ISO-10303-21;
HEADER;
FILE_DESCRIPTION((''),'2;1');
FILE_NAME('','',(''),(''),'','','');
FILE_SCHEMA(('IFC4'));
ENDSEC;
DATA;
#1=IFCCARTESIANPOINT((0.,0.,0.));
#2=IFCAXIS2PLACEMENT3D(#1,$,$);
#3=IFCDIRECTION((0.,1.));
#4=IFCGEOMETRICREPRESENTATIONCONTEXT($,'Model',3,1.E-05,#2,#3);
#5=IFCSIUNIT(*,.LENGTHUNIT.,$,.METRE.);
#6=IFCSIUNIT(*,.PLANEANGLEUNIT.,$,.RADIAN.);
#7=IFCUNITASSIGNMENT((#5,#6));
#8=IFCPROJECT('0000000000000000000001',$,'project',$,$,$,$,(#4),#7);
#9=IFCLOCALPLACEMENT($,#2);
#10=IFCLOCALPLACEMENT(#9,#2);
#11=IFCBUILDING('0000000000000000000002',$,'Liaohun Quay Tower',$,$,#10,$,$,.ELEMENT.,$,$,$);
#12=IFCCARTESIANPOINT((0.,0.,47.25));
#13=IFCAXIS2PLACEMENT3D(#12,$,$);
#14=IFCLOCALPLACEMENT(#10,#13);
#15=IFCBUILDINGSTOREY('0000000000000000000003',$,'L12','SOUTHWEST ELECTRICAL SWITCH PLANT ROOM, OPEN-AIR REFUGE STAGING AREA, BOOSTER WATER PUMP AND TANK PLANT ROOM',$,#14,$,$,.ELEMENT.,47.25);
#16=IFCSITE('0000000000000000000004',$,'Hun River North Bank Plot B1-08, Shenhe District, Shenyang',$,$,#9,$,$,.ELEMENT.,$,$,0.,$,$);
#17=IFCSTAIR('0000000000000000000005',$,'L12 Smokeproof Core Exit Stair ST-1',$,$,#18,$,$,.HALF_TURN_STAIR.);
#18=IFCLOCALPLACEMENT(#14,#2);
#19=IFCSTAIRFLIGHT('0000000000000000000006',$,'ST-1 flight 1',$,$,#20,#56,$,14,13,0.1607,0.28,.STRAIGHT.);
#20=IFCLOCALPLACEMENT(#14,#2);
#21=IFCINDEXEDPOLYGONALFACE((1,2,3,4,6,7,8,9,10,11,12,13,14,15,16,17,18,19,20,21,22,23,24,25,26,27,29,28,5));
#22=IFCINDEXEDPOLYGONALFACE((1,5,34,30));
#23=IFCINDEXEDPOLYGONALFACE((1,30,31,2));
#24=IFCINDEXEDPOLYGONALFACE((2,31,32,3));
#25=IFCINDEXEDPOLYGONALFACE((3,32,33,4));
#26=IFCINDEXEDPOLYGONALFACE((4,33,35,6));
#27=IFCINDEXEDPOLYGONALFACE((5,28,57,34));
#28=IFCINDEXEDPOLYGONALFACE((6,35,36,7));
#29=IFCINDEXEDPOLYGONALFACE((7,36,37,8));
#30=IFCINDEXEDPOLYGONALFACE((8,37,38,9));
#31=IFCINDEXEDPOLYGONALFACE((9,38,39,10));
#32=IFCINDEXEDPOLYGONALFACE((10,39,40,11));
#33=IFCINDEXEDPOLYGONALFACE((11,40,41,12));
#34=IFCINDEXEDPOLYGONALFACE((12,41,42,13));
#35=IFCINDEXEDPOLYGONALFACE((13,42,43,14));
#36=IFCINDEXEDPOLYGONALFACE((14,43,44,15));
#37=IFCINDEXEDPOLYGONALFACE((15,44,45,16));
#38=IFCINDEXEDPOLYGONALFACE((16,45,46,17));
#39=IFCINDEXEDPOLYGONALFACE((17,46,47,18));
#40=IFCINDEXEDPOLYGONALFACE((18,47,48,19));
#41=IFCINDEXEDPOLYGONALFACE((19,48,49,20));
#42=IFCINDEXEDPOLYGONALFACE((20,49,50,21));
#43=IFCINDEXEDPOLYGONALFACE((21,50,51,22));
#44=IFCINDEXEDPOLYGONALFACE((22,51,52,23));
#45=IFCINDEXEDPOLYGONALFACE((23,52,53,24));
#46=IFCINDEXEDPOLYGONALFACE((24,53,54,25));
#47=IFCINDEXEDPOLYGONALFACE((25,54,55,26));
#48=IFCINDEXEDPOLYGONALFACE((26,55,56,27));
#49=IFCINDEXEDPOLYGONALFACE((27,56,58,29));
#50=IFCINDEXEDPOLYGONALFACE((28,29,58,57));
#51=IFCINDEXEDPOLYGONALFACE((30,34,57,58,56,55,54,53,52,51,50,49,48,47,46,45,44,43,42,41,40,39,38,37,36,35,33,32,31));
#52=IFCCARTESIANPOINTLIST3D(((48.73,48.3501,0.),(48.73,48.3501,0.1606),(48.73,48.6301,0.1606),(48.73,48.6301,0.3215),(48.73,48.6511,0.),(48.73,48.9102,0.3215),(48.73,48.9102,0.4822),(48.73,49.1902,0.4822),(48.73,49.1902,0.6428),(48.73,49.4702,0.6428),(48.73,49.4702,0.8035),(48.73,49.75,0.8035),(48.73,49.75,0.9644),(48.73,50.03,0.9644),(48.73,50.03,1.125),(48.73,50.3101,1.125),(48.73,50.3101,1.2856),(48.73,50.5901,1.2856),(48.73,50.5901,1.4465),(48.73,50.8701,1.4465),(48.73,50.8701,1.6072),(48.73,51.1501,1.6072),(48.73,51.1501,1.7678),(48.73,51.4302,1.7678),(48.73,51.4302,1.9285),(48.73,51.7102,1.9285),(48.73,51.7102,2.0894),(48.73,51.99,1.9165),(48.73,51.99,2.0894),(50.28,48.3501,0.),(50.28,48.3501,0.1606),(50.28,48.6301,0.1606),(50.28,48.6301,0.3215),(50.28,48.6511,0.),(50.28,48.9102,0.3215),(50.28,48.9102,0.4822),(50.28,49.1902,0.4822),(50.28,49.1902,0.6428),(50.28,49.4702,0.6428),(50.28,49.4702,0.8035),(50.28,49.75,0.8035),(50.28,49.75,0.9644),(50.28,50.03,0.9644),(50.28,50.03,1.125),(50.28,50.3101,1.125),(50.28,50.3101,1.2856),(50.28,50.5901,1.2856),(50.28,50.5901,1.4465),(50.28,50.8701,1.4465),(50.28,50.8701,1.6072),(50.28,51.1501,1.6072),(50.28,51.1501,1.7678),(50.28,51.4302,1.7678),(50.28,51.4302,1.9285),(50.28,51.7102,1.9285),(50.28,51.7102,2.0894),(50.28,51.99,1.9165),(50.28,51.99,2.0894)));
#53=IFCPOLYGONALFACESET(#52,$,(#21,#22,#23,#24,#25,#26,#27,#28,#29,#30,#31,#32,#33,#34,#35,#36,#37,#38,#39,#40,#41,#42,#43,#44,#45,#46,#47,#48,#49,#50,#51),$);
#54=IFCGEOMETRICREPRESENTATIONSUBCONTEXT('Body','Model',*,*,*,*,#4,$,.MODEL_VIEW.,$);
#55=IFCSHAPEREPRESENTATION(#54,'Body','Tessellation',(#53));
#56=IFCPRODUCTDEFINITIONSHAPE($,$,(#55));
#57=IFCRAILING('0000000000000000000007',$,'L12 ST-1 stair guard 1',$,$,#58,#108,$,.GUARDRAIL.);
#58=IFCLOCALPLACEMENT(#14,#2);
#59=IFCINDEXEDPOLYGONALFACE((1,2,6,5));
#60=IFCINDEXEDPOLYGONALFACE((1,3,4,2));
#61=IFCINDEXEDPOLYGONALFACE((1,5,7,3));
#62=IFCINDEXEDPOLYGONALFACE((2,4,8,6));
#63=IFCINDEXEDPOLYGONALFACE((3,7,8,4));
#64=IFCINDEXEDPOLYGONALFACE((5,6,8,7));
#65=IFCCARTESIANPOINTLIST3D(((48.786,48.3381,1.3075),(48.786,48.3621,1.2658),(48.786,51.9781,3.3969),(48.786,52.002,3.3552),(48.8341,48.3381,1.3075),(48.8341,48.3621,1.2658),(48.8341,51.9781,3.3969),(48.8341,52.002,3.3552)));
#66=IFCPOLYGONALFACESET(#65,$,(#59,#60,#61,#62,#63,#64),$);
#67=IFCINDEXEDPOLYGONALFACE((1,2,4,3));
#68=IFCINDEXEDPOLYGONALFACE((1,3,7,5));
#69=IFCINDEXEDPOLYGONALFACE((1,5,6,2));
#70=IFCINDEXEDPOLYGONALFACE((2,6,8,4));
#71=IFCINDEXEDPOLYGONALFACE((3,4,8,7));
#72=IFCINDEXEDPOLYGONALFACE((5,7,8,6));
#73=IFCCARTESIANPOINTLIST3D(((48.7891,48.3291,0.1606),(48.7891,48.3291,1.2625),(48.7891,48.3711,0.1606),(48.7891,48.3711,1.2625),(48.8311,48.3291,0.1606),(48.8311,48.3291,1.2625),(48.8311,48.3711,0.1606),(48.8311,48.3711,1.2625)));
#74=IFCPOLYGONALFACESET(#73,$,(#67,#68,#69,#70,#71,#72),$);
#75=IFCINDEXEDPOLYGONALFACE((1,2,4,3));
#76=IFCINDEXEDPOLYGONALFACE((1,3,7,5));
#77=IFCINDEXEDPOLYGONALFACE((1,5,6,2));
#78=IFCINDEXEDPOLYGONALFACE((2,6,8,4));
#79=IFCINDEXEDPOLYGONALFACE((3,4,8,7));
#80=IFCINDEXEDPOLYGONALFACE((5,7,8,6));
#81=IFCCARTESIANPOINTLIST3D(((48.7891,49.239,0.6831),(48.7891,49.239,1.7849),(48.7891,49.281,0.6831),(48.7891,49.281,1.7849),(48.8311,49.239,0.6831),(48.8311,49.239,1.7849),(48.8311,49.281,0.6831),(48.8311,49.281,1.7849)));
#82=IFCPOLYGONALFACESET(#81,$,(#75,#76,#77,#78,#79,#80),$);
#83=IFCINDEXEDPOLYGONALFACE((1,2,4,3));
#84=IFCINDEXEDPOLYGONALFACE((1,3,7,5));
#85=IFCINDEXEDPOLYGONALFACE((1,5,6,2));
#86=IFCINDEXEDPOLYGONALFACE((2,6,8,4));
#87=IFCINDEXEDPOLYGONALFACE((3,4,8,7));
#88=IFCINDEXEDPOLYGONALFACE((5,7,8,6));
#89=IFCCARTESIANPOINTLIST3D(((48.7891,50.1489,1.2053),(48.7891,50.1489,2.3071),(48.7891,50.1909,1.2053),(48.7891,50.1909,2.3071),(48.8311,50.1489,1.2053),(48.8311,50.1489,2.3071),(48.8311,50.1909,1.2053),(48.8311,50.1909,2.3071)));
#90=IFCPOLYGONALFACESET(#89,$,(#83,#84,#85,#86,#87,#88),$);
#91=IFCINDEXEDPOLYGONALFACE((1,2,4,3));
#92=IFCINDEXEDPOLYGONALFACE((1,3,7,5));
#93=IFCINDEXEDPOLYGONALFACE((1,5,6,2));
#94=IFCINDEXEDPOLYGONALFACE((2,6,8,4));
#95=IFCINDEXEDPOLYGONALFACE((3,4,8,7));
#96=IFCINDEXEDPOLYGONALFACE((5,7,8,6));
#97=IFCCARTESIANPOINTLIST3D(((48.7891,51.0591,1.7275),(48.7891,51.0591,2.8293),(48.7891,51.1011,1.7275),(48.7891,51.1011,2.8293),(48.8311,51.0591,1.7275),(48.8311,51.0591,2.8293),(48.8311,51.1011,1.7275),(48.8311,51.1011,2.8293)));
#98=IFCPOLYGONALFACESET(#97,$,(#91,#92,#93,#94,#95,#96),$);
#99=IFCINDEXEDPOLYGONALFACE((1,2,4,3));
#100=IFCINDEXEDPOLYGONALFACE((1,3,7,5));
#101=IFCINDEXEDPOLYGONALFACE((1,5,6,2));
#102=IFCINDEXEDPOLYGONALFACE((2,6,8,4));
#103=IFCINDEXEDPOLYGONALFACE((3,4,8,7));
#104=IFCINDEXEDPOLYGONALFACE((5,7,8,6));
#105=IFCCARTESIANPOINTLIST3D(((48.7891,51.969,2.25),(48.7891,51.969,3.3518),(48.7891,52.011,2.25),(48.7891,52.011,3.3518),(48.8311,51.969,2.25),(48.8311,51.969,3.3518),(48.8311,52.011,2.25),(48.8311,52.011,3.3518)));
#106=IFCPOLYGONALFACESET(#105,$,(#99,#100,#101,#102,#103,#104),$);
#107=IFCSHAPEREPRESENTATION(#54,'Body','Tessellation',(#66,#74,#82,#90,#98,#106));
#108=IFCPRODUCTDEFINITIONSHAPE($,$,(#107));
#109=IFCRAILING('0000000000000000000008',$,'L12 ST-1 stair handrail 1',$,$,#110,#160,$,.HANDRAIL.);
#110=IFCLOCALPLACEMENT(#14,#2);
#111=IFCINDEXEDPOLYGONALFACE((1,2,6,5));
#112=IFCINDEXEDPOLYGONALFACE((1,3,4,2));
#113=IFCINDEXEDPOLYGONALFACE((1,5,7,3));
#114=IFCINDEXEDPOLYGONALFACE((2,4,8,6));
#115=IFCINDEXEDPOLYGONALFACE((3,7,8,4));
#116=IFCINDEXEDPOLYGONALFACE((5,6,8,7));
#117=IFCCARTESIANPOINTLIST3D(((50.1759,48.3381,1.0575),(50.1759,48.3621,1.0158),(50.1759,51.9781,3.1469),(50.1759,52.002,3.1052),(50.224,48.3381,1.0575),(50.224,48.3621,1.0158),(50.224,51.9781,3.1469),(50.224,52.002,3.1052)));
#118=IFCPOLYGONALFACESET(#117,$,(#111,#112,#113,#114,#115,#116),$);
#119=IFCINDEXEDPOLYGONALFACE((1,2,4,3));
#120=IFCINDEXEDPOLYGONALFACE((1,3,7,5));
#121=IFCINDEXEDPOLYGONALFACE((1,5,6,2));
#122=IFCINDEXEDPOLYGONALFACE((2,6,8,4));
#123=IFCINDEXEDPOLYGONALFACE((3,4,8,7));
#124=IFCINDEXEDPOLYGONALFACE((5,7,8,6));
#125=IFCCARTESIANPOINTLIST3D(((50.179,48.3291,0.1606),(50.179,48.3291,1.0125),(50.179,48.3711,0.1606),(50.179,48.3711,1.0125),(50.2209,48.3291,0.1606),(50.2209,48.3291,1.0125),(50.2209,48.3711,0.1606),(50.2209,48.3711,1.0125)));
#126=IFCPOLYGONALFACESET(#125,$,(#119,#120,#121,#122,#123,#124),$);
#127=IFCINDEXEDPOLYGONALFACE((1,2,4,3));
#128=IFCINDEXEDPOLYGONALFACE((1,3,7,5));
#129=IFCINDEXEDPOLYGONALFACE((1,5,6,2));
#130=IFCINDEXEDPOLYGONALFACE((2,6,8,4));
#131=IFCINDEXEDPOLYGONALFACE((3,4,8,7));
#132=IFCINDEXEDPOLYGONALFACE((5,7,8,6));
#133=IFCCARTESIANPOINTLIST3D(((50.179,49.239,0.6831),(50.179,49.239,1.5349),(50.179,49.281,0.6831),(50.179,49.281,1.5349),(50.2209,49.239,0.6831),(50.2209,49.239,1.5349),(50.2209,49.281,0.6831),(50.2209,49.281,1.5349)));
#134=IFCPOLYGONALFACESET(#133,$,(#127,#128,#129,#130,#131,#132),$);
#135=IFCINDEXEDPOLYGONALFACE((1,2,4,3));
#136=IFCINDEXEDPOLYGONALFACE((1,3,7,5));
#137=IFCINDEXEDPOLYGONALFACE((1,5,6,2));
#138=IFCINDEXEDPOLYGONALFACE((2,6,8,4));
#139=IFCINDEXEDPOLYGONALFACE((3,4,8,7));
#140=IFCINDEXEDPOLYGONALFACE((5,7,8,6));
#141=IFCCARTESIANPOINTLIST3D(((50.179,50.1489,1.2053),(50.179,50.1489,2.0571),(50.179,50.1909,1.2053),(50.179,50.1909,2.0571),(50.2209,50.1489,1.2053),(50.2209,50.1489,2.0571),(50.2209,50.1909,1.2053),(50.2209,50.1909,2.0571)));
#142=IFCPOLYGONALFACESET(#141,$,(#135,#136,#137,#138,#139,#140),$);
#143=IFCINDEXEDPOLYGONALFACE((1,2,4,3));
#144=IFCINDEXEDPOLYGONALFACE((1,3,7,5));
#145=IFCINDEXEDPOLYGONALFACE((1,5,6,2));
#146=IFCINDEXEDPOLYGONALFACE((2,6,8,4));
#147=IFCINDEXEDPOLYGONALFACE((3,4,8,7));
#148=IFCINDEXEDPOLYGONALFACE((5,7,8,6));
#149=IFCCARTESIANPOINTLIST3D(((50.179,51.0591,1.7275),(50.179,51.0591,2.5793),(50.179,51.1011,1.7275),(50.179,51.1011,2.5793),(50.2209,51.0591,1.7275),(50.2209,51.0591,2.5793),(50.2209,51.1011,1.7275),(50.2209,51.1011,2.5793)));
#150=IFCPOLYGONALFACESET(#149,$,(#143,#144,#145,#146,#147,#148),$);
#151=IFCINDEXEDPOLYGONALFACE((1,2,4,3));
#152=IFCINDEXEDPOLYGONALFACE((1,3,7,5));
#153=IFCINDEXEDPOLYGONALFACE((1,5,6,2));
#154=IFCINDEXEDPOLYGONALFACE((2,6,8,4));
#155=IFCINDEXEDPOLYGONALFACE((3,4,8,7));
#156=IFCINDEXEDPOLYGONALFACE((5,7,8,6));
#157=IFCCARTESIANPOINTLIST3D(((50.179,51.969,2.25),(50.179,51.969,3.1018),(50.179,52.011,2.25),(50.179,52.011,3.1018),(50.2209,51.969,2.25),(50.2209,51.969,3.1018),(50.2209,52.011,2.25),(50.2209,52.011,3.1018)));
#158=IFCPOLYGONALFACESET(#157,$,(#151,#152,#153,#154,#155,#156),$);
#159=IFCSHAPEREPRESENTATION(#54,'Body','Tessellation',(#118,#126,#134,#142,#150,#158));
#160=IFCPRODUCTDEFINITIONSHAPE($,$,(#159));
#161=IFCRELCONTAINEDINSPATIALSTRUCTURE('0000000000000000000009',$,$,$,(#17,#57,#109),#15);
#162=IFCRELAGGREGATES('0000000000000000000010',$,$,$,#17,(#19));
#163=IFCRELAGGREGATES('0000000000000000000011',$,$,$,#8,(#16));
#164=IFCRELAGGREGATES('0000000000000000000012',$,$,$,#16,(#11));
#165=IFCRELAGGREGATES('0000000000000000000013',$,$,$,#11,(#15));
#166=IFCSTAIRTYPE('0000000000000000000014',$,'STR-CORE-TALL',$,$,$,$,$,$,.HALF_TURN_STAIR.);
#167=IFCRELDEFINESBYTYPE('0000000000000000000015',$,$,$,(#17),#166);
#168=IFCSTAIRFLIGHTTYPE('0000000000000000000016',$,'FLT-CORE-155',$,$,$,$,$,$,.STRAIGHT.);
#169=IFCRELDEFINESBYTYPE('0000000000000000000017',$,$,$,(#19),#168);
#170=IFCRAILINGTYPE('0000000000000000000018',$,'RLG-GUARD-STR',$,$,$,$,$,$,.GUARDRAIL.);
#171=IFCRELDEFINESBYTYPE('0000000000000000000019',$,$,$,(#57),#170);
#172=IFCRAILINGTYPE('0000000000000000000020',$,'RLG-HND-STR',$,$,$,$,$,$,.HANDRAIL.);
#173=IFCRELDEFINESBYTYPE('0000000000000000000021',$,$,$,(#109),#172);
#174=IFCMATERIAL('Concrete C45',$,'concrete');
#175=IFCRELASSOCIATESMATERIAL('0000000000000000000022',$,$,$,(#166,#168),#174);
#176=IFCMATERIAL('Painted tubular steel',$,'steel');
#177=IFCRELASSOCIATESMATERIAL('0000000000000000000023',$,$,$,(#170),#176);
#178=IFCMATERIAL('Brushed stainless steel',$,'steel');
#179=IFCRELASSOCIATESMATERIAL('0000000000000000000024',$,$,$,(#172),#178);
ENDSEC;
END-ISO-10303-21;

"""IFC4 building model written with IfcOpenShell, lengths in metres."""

from ifc_helpers import new_model, si_unit, direction, frame, origin, origin_2d, place, context, subcontext, project, spatial, polyline, rectangle, outline, extrude, material, type_object, element, aggregate, save


model = new_model("IFC4")

# Units and contexts
model_context = context("Model", 3, precision=1e-05, world=origin(), true_north=direction((0.0, 1.0)))
body_context = subcontext(model_context, "Body", "Model", "MODEL_VIEW")
ifc_project = project(units=[si_unit("LENGTHUNIT", "METRE"), si_unit("PLANEANGLEUNIT", "RADIAN")], contexts=[model_context])

# Site, building, storey
site_placement = place(None, origin())
site = spatial("IfcSite", under=ifc_project, at=site_placement, Name="Hun River North Bank Plot B1-08, Shenhe District, Shenyang", CompositionType="ELEMENT", RefElevation=0.0)
building_placement = place(site_placement, origin())
building = spatial("IfcBuilding", under=site, at=building_placement, Name="Liaohun Quay Tower", CompositionType="ELEMENT")
storey_placement = place(building_placement, frame((0.0, 0.0, 47.25)))
storey = spatial("IfcBuildingStorey", under=building, at=storey_placement, Name="L12", Description="SOUTHWEST ELECTRICAL SWITCH PLANT ROOM, OPEN-AIR REFUGE STAGING AREA, BOOSTER WATER PUMP AND TANK PLANT ROOM", CompositionType="ELEMENT", Elevation=47.25)

# Stair, stair flight
ifc_material_1 = material(Name="Concrete C45", Category="concrete")
stair_type = type_object("IfcStairType", Name="STR-CORE-TALL", PredefinedType="HALF_TURN_STAIR", material=ifc_material_1)
stair_placement = place(storey_placement, origin())
stair = element("IfcStair", 1, at=stair_placement, inside=storey, type_object=stair_type, Name="L12 Smokeproof Core Exit Stair ST-1", PredefinedType="HALF_TURN_STAIR")
stair_flight_type = type_object("IfcStairFlightType", Name="FLT-CORE-155", PredefinedType="STRAIGHT", material=ifc_material_1)
stair_flight_placement = place(storey_placement, frame((49.5049, 48.3501, 0.0), z_axis=(0.0, 0.0, 1.0), x_axis=(0.0, 1.0, 0.0)))
stair_flight = element("IfcStairFlight", 2, at=stair_flight_placement, type_object=stair_flight_type, Name="ST-1 flight 1", NumberOfRisers=14, NumberOfTreads=13, PredefinedType="STRAIGHT", RiserHeight=0.1607, TreadLength=0.28, context=body_context, shape_type="SweptSolid", body=[
    extrude(outline(polyline([(0.0, 0.0), (0.0, 0.1606), (0.28, 0.1606), (0.28, 0.3215), (0.5601, 0.3215), (0.5601, 0.4822), (0.8401, 0.4822), (0.8401, 0.6428), (1.1201, 0.6428), (1.1201, 0.8035), (1.3999, 0.8035), (1.3999, 0.9644), (1.6799, 0.9644), (1.6799, 1.125), (1.96, 1.125), (1.96, 1.2856), (2.24, 1.2856), (2.24, 1.4465), (2.52, 1.4465), (2.52, 1.6072), (2.8, 1.6072), (2.8, 1.7678), (3.0801, 1.7678), (3.0801, 1.9285), (3.3601, 1.9285), (3.3601, 2.0894), (3.6399, 2.0894), (3.6399, 2.25), (3.6399, 1.9165), (0.301, 0.0), (0.0, 0.0)])), frame((0.0, 0.7749, 0.0), z_axis=(0.0, -1.0, 0.0), x_axis=(1.0, 0.0, 0.0)), (0.0, 0.0, 1.0), 1.55),
])
aggregate(stair, [stair_flight])

# Railings
ifc_material_2 = material(Name="Painted tubular steel", Category="steel")
railing_type_1 = type_object("IfcRailingType", Name="RLG-GUARD-STR", PredefinedType="GUARDRAIL", material=ifc_material_2)
railing_1_placement = place(storey_placement, frame((48.8101, 48.3501, 0.1606)))
element("IfcRailing", 3, at=railing_1_placement, inside=storey, type_object=railing_type_1, Name="L12 ST-1 stair guard 1", PredefinedType="GUARDRAIL", context=body_context, shape_type="SweptSolid", body=[
    extrude(rectangle(XDim=0.0481, YDim=0.0481, at=origin_2d()), frame((0.0, 0.0, 1.126), z_axis=(0.0, 0.867275, 0.497829), x_axis=(-1.0, 0.0, 0.0)), (0.0, 0.0, 1.0), 4.197),
    extrude(rectangle(XDim=0.042, YDim=0.042, at=origin_2d()), origin(), (0.0, 0.0, 1.0), 1.1018),
    extrude(rectangle(XDim=0.042, YDim=0.042, at=origin_2d()), frame((0.0, 0.9099, 0.5225)), (0.0, 0.0, 1.0), 1.1018),
    extrude(rectangle(XDim=0.042, YDim=0.042, at=origin_2d()), frame((0.0, 1.8198, 1.0447)), (0.0, 0.0, 1.0), 1.1018),
    extrude(rectangle(XDim=0.042, YDim=0.042, at=origin_2d()), frame((0.0, 2.73, 1.5669)), (0.0, 0.0, 1.0), 1.1018),
    extrude(rectangle(XDim=0.042, YDim=0.042, at=origin_2d()), frame((0.0, 3.6399, 2.0894)), (0.0, 0.0, 1.0), 1.1018),
])
ifc_material_3 = material(Name="Brushed stainless steel", Category="steel")
railing_type_2 = type_object("IfcRailingType", Name="RLG-HND-STR", PredefinedType="HANDRAIL", material=ifc_material_3)
railing_2_placement = place(storey_placement, frame((50.2, 48.3501, 0.1606)))
element("IfcRailing", 4, at=railing_2_placement, inside=storey, type_object=railing_type_2, Name="L12 ST-1 stair handrail 1", PredefinedType="HANDRAIL", context=body_context, shape_type="SweptSolid", body=[
    extrude(rectangle(XDim=0.0481, YDim=0.0481, at=origin_2d()), frame((0.0, 0.0, 0.876), z_axis=(0.0, 0.867275, 0.497829), x_axis=(-1.0, 0.0, 0.0)), (0.0, 0.0, 1.0), 4.197),
    extrude(rectangle(XDim=0.042, YDim=0.042, at=origin_2d()), origin(), (0.0, 0.0, 1.0), 0.8518),
    extrude(rectangle(XDim=0.042, YDim=0.042, at=origin_2d()), frame((0.0, 0.9099, 0.5225)), (0.0, 0.0, 1.0), 0.8518),
    extrude(rectangle(XDim=0.042, YDim=0.042, at=origin_2d()), frame((0.0, 1.8198, 1.0447)), (0.0, 0.0, 1.0), 0.8518),
    extrude(rectangle(XDim=0.042, YDim=0.042, at=origin_2d()), frame((0.0, 2.73, 1.5669)), (0.0, 0.0, 1.0), 0.8518),
    extrude(rectangle(XDim=0.042, YDim=0.042, at=origin_2d()), frame((0.0, 3.6399, 2.0894)), (0.0, 0.0, 1.0), 0.8518),
])

save(model, "model.ifc")
